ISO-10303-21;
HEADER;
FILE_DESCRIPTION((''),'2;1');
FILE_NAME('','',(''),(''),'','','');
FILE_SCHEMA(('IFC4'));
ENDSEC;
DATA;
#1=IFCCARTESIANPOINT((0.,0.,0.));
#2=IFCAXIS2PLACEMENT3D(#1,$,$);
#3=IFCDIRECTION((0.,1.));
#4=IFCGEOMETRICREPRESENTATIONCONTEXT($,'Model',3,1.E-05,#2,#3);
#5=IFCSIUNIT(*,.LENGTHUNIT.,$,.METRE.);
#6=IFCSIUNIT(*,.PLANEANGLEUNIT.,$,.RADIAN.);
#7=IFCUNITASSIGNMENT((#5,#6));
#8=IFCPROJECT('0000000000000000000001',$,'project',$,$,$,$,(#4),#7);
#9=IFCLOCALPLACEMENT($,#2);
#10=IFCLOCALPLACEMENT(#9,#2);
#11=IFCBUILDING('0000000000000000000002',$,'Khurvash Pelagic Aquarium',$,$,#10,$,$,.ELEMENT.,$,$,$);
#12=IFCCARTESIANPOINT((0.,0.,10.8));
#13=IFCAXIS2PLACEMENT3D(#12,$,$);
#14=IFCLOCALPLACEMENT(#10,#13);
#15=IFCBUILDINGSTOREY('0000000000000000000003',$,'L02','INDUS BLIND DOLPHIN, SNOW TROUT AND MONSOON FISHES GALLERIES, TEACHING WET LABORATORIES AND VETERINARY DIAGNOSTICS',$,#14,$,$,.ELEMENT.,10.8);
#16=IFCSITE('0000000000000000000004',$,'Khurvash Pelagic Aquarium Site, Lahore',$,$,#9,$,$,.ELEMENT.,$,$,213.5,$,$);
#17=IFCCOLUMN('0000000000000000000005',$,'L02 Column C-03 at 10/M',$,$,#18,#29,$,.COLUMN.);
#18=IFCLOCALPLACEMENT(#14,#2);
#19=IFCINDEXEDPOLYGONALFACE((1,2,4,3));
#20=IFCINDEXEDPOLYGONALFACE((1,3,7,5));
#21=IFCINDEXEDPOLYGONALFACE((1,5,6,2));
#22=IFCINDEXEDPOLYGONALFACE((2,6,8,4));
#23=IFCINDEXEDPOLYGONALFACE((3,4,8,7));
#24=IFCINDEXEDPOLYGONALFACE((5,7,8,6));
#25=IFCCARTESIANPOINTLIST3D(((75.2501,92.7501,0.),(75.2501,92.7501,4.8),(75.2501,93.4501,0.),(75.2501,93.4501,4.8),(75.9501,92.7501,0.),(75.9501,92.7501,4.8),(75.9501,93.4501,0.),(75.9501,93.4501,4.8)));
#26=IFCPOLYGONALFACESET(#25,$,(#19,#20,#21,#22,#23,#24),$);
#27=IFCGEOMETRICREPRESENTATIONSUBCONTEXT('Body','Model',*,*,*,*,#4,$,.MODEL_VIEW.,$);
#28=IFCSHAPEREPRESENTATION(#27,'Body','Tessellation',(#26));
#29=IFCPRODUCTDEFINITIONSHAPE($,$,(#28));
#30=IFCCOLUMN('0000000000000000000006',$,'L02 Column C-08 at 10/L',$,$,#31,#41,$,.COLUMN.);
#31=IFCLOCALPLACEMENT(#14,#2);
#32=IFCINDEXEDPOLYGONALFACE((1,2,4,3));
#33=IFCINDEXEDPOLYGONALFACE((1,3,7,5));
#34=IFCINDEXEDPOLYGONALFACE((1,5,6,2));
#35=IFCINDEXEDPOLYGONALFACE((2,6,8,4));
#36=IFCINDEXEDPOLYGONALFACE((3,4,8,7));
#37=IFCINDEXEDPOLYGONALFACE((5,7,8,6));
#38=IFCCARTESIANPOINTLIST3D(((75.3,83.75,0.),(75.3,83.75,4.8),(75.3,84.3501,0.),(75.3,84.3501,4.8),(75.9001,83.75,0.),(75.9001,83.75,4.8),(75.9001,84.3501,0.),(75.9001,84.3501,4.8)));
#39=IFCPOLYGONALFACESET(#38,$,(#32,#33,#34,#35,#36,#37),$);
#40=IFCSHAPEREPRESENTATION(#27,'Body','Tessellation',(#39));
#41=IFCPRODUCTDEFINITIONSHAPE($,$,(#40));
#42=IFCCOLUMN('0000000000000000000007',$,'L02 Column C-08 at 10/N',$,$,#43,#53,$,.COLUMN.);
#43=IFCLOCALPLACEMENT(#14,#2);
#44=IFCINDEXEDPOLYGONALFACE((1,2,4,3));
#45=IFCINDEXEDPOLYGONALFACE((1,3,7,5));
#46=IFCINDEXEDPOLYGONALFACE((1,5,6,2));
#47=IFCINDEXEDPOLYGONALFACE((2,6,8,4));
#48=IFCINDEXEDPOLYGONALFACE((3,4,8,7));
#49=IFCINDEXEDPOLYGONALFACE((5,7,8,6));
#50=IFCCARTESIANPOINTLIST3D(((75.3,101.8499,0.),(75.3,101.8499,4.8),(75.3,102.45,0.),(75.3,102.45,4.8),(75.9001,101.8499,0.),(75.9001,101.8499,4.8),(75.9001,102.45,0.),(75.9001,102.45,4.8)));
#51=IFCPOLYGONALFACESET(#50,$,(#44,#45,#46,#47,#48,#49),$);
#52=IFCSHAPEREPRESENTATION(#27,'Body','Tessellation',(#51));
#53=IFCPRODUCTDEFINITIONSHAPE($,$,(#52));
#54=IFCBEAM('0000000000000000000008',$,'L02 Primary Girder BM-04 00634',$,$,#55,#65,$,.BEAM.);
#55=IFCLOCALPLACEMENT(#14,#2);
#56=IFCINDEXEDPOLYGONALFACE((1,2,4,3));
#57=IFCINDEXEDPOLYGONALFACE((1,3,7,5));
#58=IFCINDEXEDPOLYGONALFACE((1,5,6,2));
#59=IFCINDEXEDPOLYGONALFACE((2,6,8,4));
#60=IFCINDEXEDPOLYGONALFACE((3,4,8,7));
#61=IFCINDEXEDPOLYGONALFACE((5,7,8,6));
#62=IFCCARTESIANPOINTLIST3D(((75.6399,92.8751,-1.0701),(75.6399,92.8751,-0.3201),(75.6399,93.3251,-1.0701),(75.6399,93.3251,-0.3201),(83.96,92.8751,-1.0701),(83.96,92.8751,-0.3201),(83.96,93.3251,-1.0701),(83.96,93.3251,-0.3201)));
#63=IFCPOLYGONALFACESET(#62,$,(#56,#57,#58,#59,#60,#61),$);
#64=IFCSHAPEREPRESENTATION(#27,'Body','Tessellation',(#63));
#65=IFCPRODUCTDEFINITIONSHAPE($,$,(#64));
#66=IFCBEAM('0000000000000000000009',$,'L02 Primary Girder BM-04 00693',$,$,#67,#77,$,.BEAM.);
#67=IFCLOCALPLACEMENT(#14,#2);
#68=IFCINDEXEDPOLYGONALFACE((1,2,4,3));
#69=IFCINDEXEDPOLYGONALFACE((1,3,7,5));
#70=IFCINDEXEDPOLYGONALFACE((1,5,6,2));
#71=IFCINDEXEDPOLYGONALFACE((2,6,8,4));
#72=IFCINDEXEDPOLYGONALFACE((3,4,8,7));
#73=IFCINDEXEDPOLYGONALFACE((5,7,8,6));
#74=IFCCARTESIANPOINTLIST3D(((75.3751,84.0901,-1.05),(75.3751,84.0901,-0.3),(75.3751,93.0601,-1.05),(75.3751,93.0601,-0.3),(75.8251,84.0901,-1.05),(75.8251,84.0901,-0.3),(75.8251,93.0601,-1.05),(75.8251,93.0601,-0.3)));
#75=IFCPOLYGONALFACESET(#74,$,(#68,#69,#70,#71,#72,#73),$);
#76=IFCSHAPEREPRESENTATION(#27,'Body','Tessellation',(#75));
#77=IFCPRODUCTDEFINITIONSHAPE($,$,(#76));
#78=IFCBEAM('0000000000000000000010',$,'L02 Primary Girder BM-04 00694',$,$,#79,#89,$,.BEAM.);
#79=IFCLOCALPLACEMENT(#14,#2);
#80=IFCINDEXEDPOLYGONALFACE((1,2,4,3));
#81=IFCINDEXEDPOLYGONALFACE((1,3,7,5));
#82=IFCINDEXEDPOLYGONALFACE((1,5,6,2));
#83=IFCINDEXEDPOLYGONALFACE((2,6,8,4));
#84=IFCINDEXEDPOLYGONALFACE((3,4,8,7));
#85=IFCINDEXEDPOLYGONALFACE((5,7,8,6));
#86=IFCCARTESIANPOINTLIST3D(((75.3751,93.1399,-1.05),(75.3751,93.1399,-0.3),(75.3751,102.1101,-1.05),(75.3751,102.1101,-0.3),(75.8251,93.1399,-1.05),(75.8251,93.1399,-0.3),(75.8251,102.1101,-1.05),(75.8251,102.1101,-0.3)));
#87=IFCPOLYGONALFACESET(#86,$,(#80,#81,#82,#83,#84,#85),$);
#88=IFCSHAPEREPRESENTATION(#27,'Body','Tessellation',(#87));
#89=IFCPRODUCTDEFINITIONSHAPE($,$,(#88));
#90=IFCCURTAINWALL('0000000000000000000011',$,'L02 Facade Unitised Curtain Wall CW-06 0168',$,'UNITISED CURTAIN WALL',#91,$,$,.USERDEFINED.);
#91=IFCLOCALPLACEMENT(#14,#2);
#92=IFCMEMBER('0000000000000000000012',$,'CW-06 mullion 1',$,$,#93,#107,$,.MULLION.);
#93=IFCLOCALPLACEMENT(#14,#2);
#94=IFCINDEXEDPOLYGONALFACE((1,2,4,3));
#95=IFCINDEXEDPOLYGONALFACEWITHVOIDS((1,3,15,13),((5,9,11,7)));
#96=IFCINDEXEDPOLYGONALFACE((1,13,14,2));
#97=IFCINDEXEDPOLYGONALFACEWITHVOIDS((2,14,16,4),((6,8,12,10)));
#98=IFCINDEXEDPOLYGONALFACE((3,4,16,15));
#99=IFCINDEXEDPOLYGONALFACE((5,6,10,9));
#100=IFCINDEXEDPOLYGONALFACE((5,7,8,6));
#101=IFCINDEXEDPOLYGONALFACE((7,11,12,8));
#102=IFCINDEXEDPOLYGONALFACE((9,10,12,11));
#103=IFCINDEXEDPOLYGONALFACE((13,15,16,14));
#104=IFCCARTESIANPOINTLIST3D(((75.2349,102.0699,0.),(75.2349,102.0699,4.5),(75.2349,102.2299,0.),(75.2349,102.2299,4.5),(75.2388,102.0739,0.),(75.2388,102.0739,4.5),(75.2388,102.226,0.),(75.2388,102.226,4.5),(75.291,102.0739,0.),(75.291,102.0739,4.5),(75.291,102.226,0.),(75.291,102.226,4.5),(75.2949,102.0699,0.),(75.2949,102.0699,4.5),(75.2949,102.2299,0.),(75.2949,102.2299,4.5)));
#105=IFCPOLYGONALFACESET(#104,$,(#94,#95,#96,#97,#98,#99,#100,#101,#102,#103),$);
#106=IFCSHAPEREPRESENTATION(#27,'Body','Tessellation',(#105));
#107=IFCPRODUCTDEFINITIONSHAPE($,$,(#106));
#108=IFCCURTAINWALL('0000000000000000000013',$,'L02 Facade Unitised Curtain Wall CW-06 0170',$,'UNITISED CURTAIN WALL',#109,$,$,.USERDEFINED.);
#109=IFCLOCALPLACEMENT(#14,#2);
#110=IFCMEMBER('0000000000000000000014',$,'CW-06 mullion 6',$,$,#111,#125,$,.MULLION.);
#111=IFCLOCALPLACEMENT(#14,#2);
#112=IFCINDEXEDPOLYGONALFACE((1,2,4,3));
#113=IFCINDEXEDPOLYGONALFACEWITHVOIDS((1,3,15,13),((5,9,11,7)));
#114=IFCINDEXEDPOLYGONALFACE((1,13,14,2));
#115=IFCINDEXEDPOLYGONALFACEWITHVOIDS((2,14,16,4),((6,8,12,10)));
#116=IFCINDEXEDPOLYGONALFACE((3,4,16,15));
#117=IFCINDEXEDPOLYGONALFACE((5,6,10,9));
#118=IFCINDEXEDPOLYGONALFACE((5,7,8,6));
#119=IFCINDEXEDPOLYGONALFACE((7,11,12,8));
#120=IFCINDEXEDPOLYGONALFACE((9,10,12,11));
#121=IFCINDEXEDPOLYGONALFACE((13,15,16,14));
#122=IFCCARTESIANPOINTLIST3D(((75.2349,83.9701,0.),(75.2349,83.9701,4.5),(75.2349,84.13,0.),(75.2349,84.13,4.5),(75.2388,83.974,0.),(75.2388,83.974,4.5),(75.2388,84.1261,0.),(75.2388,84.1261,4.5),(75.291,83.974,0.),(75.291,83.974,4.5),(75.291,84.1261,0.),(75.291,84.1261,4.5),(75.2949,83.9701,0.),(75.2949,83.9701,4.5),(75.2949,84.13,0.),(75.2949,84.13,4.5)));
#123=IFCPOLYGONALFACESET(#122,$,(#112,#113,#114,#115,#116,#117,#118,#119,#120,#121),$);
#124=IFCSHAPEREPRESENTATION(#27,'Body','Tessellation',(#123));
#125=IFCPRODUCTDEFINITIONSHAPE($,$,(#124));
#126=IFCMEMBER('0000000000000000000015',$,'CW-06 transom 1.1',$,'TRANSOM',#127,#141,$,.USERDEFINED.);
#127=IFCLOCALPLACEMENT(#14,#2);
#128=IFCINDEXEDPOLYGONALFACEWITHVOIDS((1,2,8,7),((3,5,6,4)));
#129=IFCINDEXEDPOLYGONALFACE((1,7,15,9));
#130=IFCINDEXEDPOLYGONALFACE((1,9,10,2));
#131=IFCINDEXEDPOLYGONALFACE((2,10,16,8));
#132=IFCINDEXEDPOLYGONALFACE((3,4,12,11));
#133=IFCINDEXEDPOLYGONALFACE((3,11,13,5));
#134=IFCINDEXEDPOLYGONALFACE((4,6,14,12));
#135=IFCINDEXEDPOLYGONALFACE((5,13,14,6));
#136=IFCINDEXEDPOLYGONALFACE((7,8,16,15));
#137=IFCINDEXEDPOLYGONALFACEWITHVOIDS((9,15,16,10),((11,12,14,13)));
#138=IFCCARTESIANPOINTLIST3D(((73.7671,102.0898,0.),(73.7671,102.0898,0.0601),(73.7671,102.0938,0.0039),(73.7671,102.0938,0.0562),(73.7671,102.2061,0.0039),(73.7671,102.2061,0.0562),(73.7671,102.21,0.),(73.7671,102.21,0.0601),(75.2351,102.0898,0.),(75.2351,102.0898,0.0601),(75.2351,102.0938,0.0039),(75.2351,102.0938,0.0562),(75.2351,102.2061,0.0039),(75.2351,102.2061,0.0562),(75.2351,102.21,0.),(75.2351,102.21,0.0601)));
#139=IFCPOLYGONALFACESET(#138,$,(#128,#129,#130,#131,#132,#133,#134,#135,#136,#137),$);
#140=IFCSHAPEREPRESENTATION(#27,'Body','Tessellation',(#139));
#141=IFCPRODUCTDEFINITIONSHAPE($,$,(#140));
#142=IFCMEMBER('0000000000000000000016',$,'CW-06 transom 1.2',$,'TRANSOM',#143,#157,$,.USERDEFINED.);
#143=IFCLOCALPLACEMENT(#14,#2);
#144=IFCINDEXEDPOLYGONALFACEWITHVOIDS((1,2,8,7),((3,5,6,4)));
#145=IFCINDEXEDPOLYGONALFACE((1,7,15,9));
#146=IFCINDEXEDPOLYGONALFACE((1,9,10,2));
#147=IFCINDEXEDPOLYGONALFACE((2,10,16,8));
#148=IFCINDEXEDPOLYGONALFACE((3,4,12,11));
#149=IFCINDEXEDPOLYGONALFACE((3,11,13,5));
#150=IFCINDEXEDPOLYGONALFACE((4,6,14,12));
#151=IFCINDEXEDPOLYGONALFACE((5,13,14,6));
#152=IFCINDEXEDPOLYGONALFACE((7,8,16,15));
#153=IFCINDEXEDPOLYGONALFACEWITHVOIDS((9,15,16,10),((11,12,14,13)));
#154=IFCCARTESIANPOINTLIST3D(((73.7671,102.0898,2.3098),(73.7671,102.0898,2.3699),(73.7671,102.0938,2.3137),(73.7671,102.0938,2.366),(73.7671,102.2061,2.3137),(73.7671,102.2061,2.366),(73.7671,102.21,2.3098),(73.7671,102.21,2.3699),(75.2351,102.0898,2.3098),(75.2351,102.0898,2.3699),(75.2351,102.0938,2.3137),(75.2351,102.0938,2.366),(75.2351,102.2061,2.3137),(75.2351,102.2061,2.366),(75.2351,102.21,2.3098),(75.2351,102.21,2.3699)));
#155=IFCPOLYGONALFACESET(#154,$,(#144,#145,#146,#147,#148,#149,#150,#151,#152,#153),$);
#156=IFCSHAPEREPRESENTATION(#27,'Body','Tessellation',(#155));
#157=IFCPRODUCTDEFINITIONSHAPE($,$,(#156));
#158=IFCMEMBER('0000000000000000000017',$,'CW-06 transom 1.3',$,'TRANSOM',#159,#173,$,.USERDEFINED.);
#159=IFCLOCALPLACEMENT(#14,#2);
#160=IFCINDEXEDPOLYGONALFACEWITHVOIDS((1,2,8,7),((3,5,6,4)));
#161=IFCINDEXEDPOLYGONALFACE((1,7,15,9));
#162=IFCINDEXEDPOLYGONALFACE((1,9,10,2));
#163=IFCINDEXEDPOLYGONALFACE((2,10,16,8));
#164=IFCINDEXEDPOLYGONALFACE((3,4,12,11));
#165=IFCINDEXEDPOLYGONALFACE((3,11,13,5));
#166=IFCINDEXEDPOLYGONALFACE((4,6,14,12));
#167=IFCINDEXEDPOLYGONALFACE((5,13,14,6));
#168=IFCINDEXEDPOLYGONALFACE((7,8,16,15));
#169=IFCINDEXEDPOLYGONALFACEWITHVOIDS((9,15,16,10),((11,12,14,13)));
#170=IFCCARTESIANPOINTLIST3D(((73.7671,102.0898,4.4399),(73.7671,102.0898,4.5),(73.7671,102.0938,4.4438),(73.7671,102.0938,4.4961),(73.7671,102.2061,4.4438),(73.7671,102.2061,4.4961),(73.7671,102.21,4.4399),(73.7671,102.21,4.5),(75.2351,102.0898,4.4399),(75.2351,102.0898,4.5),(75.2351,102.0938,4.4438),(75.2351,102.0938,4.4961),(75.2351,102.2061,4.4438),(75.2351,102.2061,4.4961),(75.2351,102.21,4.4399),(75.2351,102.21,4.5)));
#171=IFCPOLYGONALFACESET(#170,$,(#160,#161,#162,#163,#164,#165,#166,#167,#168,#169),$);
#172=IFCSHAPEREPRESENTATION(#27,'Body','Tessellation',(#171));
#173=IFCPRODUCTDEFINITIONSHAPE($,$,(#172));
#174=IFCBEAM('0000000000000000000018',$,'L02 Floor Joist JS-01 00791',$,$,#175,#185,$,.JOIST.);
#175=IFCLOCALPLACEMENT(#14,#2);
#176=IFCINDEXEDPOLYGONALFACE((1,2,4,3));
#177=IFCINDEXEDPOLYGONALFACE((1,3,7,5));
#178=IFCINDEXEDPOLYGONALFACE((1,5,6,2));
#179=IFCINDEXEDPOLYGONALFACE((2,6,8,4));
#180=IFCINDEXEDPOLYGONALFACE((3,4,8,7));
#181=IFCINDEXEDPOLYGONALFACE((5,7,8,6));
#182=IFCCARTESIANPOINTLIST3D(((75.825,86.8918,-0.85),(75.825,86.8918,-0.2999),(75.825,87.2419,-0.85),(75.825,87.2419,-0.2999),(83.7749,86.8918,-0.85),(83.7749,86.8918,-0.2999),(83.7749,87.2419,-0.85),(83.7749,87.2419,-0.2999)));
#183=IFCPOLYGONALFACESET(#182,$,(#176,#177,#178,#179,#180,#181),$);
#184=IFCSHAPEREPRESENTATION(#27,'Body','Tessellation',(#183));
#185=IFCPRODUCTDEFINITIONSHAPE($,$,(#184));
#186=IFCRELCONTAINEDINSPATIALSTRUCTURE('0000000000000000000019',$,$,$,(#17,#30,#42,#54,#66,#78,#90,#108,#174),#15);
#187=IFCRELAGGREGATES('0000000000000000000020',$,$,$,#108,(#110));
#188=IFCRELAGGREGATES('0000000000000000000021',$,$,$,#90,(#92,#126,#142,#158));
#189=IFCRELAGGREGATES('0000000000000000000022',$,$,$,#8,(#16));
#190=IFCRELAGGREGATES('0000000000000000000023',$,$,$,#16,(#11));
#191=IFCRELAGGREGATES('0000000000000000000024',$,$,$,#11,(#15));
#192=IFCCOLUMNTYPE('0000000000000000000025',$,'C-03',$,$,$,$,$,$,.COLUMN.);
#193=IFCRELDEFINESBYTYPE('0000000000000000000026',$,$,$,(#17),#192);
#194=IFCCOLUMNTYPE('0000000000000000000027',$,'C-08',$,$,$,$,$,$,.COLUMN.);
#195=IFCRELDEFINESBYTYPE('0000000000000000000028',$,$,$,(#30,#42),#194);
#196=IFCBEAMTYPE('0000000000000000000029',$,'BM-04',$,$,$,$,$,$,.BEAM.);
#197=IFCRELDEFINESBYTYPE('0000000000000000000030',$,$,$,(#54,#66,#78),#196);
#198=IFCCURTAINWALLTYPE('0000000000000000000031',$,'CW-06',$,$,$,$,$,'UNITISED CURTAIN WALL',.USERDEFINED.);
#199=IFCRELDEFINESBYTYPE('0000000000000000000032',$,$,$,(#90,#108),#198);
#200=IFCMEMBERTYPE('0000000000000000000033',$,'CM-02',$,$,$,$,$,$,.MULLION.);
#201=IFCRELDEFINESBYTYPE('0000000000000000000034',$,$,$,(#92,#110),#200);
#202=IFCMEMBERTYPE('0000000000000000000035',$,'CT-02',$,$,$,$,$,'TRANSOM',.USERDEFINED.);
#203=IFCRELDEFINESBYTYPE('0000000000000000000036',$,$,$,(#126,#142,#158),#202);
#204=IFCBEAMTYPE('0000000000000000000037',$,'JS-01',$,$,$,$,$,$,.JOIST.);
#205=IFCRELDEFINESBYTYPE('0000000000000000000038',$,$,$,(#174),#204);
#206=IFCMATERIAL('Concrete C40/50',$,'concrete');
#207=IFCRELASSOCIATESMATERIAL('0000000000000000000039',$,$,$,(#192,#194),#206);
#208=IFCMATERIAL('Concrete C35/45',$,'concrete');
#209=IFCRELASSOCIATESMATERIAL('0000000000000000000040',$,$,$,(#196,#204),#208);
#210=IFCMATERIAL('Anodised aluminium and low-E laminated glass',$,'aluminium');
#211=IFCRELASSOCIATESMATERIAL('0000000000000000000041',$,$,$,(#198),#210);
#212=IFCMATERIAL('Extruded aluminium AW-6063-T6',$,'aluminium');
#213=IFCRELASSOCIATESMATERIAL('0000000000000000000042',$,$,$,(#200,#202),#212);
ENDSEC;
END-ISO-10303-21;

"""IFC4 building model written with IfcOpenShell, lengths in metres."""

from ifc_helpers import new_model, si_unit, direction, frame, origin, origin_2d, place, context, subcontext, project, spatial, rectangle, hollow_rectangle, extrude, material, material_profile, profile_set, type_object, element, aggregate, save


model = new_model("IFC4")

# Units and contexts
model_context = context("Model", 3, precision=1e-05, world=origin(), true_north=direction((0.0, 1.0)))
body_context = subcontext(model_context, "Body", "Model", "MODEL_VIEW")
ifc_project = project(units=[si_unit("LENGTHUNIT", "METRE"), si_unit("PLANEANGLEUNIT", "RADIAN")], contexts=[model_context])

# Site, building, storey
site_placement = place(None, origin())
site = spatial("IfcSite", under=ifc_project, at=site_placement, Name="Khurvash Pelagic Aquarium Site, Lahore", CompositionType="ELEMENT", RefElevation=213.5)
building_placement = place(site_placement, origin())
building = spatial("IfcBuilding", under=site, at=building_placement, Name="Khurvash Pelagic Aquarium", CompositionType="ELEMENT")
storey_placement = place(building_placement, frame((0.0, 0.0, 10.8)))
storey = spatial("IfcBuildingStorey", under=building, at=storey_placement, Name="L02", Description="INDUS BLIND DOLPHIN, SNOW TROUT AND MONSOON FISHES GALLERIES, TEACHING WET LABORATORIES AND VETERINARY DIAGNOSTICS", CompositionType="ELEMENT", Elevation=10.8)

# Columns
ifc_material_1 = material(Name="Concrete C40/50", Category="concrete")
ifc_material_profile_1 = material_profile(ifc_material_1, rectangle(XDim=0.7, YDim=0.7, at=origin_2d()), Name="RC700X700")
ifc_profile_set_1 = profile_set([ifc_material_profile_1], Name="Concrete C40/50")
column_type_1 = type_object("IfcColumnType", Name="C-03", PredefinedType="COLUMN", material=ifc_profile_set_1)
column_placement = place(storey_placement, frame((75.6001, 93.1001, 0.0), z_axis=(0.0, 0.0, 1.0), x_axis=(1.0, 0.0, 0.0)))
element("IfcColumn", 1, at=column_placement, inside=storey, type_object=column_type_1, Name="L02 Column C-03 at 10/M", PredefinedType="COLUMN", context=body_context, shape_type="SweptSolid", body=[
    extrude(rectangle(XDim=0.7, YDim=0.7, at=origin_2d()), origin(), (0.0, 0.0, 1.0), 4.8),
])
ifc_material_profile_2 = material_profile(ifc_material_1, rectangle(XDim=0.6001, YDim=0.6001, at=origin_2d()), Name="RC600X600")
ifc_profile_set_2 = profile_set([ifc_material_profile_2], Name="Concrete C40/50")
column_type_2 = type_object("IfcColumnType", Name="C-08", PredefinedType="COLUMN", material=ifc_profile_set_2)
for number, where, z_axis, x_axis, name in (
    (2, (75.6001, 84.05, 0.0), (0.0, 0.0, 1.0), (1.0, 0.0, 0.0), "L02 Column C-08 at 10/L"),
    (3, (75.6001, 102.1499, 0.0), (0.0, 0.0, 1.0), (1.0, 0.0, 0.0), "L02 Column C-08 at 10/N"),
):
    element("IfcColumn", number, at=place(storey_placement, frame(where, z_axis=z_axis, x_axis=x_axis)), inside=storey, type_object=column_type_2, Name=name, PredefinedType="COLUMN", context=body_context, shape_type="SweptSolid", body=[
        extrude(rectangle(XDim=0.6001, YDim=0.6001, at=origin_2d()), origin(), (0.0, 0.0, 1.0), 4.8),
    ])

# Beams
ifc_material_2 = material(Name="Concrete C35/45", Category="concrete")
ifc_material_profile_3 = material_profile(ifc_material_2, rectangle(XDim=0.45, YDim=0.75, at=origin_2d()), Name="RC450X750")
ifc_profile_set_3 = profile_set([ifc_material_profile_3], Name="Concrete C35/45")
beam_type_1 = type_object("IfcBeamType", Name="BM-04", PredefinedType="BEAM", material=ifc_profile_set_3)
beam_1_placement = place(storey_placement, frame((75.6399, 93.1001, -0.6951), z_axis=(1.0, 0.0, 0.0), x_axis=(0.0, 1.0, 0.0)))
element("IfcBeam", 4, at=beam_1_placement, inside=storey, type_object=beam_type_1, Name="L02 Primary Girder BM-04 00634", PredefinedType="BEAM", context=body_context, shape_type="SweptSolid", body=[
    extrude(rectangle(XDim=0.45, YDim=0.75, at=origin_2d()), origin(), (0.0, 0.0, 1.0), 8.3201),
])
beam_2_placement = place(storey_placement, frame((75.6001, 84.0901, -0.675), z_axis=(0.0, 1.0, 0.0), x_axis=(-1.0, 0.0, 0.0)))
element("IfcBeam", 5, at=beam_2_placement, inside=storey, type_object=beam_type_1, Name="L02 Primary Girder BM-04 00693", PredefinedType="BEAM", context=body_context, shape_type="SweptSolid", body=[
    extrude(rectangle(XDim=0.45, YDim=0.75, at=origin_2d()), origin(), (0.0, 0.0, 1.0), 8.97),
])
beam_3_placement = place(storey_placement, frame((75.6001, 93.1399, -0.675), z_axis=(0.0, 1.0, 0.0), x_axis=(-1.0, 0.0, 0.0)))
element("IfcBeam", 6, at=beam_3_placement, inside=storey, type_object=beam_type_1, Name="L02 Primary Girder BM-04 00694", PredefinedType="BEAM", context=body_context, shape_type="SweptSolid", body=[
    extrude(rectangle(XDim=0.45, YDim=0.75, at=origin_2d()), origin(), (0.0, 0.0, 1.0), 8.9702),
])

# Curtain walls, members
ifc_material_3 = material(Name="Anodised aluminium and low-E laminated glass", Category="aluminium")
curtain_wall_type = type_object("IfcCurtainWallType", Name="CW-06", ElementType="UNITISED CURTAIN WALL", PredefinedType="USERDEFINED", material=ifc_material_3)
curtain_wall_1_placement = place(storey_placement, origin())
curtain_wall_1 = element("IfcCurtainWall", 7, at=curtain_wall_1_placement, inside=storey, type_object=curtain_wall_type, Name="L02 Facade Unitised Curtain Wall CW-06 0168", ObjectType="UNITISED CURTAIN WALL", PredefinedType="USERDEFINED")
ifc_material_4 = material(Name="Extruded aluminium AW-6063-T6", Category="aluminium")
ifc_material_profile_4 = material_profile(ifc_material_4, hollow_rectangle(XDim=0.0601, YDim=0.1599, WallThickness=0.0039, at=origin_2d()), Name="CWM60X160X4")
ifc_profile_set_4 = profile_set([ifc_material_profile_4], Name="Extruded aluminium AW-6063-T6")
member_type_1 = type_object("IfcMemberType", Name="CM-02", PredefinedType="MULLION", material=ifc_profile_set_4)
member_1_placement = place(storey_placement, frame((75.2649, 102.1499, 0.0), z_axis=(0.0, 0.0, 1.0), x_axis=(-1.0, 0.0, 0.0)))
member_1 = element("IfcMember", 8, at=member_1_placement, type_object=member_type_1, Name="CW-06 mullion 1", PredefinedType="MULLION", context=body_context, shape_type="SweptSolid", body=[
    extrude(hollow_rectangle(XDim=0.0601, YDim=0.1599, WallThickness=0.0039, at=origin_2d()), origin(), (0.0, 0.0, 1.0), 4.5),
])
curtain_wall_2_placement = place(storey_placement, origin())
curtain_wall_2 = element("IfcCurtainWall", 9, at=curtain_wall_2_placement, inside=storey, type_object=curtain_wall_type, Name="L02 Facade Unitised Curtain Wall CW-06 0170", ObjectType="UNITISED CURTAIN WALL", PredefinedType="USERDEFINED")
member_2_placement = place(storey_placement, frame((75.2649, 84.05, 0.0), z_axis=(0.0, 0.0, 1.0), x_axis=(1.0, 0.0, 0.0)))
member_2 = element("IfcMember", 10, at=member_2_placement, type_object=member_type_1, Name="CW-06 mullion 6", PredefinedType="MULLION", context=body_context, shape_type="SweptSolid", body=[
    extrude(hollow_rectangle(XDim=0.0601, YDim=0.1599, WallThickness=0.0039, at=origin_2d()), origin(), (0.0, 0.0, 1.0), 4.5),
])
aggregate(curtain_wall_2, [member_2])

# Members
ifc_material_profile_5 = material_profile(ifc_material_4, hollow_rectangle(XDim=0.1201, YDim=0.0601, WallThickness=0.0039, at=origin_2d()), Name="CWT120X60X4")
ifc_profile_set_5 = profile_set([ifc_material_profile_5], Name="Extruded aluminium AW-6063-T6")
member_type_2 = type_object("IfcMemberType", Name="CT-02", ElementType="TRANSOM", PredefinedType="USERDEFINED", material=ifc_profile_set_5)
member_3_placement = place(storey_placement, frame((75.2351, 102.1499, 0.03), z_axis=(-1.0, 0.0, 0.0), x_axis=(0.0, -1.0, 0.0)))
member_3 = element("IfcMember", 11, at=member_3_placement, type_object=member_type_2, Name="CW-06 transom 1.1", ObjectType="TRANSOM", PredefinedType="USERDEFINED", context=body_context, shape_type="SweptSolid", body=[
    extrude(hollow_rectangle(XDim=0.1201, YDim=0.0601, WallThickness=0.0039, at=origin_2d()), origin(), (0.0, 0.0, 1.0), 1.468),
])
member_4_placement = place(storey_placement, frame((75.2351, 102.1499, 2.3398), z_axis=(-1.0, 0.0, 0.0), x_axis=(0.0, -1.0, 0.0)))
member_4 = element("IfcMember", 12, at=member_4_placement, type_object=member_type_2, Name="CW-06 transom 1.2", ObjectType="TRANSOM", PredefinedType="USERDEFINED", context=body_context, shape_type="SweptSolid", body=[
    extrude(hollow_rectangle(XDim=0.1201, YDim=0.0601, WallThickness=0.0039, at=origin_2d()), origin(), (0.0, 0.0, 1.0), 1.468),
])
member_5_placement = place(storey_placement, frame((75.2351, 102.1499, 4.47), z_axis=(-1.0, 0.0, 0.0), x_axis=(0.0, -1.0, 0.0)))
member_5 = element("IfcMember", 13, at=member_5_placement, type_object=member_type_2, Name="CW-06 transom 1.3", ObjectType="TRANSOM", PredefinedType="USERDEFINED", context=body_context, shape_type="SweptSolid", body=[
    extrude(hollow_rectangle(XDim=0.1201, YDim=0.0601, WallThickness=0.0039, at=origin_2d()), origin(), (0.0, 0.0, 1.0), 1.468),
])
aggregate(curtain_wall_1, [member_1, member_3, member_4, member_5])

# Beam
ifc_material_profile_6 = material_profile(ifc_material_2, rectangle(XDim=0.3501, YDim=0.55, at=origin_2d()), Name="RC350X550")
ifc_profile_set_6 = profile_set([ifc_material_profile_6], Name="Concrete C35/45")
beam_type_2 = type_object("IfcBeamType", Name="JS-01", PredefinedType="JOIST", material=ifc_profile_set_6)
for number, where, z_axis, x_axis, name in (
    (14, (75.825, 87.0669, -0.575), (1.0, 0.0, 0.0), (0.0, 1.0, 0.0), "L02 Floor Joist JS-01 00791"),
):
    element("IfcBeam", number, at=place(storey_placement, frame(where, z_axis=z_axis, x_axis=x_axis)), inside=storey, type_object=beam_type_2, Name=name, PredefinedType="JOIST", context=body_context, shape_type="SweptSolid", body=[
        extrude(rectangle(XDim=0.3501, YDim=0.55, at=origin_2d()), origin(), (0.0, 0.0, 1.0), 7.95),
    ])

save(model, "model.ifc")
